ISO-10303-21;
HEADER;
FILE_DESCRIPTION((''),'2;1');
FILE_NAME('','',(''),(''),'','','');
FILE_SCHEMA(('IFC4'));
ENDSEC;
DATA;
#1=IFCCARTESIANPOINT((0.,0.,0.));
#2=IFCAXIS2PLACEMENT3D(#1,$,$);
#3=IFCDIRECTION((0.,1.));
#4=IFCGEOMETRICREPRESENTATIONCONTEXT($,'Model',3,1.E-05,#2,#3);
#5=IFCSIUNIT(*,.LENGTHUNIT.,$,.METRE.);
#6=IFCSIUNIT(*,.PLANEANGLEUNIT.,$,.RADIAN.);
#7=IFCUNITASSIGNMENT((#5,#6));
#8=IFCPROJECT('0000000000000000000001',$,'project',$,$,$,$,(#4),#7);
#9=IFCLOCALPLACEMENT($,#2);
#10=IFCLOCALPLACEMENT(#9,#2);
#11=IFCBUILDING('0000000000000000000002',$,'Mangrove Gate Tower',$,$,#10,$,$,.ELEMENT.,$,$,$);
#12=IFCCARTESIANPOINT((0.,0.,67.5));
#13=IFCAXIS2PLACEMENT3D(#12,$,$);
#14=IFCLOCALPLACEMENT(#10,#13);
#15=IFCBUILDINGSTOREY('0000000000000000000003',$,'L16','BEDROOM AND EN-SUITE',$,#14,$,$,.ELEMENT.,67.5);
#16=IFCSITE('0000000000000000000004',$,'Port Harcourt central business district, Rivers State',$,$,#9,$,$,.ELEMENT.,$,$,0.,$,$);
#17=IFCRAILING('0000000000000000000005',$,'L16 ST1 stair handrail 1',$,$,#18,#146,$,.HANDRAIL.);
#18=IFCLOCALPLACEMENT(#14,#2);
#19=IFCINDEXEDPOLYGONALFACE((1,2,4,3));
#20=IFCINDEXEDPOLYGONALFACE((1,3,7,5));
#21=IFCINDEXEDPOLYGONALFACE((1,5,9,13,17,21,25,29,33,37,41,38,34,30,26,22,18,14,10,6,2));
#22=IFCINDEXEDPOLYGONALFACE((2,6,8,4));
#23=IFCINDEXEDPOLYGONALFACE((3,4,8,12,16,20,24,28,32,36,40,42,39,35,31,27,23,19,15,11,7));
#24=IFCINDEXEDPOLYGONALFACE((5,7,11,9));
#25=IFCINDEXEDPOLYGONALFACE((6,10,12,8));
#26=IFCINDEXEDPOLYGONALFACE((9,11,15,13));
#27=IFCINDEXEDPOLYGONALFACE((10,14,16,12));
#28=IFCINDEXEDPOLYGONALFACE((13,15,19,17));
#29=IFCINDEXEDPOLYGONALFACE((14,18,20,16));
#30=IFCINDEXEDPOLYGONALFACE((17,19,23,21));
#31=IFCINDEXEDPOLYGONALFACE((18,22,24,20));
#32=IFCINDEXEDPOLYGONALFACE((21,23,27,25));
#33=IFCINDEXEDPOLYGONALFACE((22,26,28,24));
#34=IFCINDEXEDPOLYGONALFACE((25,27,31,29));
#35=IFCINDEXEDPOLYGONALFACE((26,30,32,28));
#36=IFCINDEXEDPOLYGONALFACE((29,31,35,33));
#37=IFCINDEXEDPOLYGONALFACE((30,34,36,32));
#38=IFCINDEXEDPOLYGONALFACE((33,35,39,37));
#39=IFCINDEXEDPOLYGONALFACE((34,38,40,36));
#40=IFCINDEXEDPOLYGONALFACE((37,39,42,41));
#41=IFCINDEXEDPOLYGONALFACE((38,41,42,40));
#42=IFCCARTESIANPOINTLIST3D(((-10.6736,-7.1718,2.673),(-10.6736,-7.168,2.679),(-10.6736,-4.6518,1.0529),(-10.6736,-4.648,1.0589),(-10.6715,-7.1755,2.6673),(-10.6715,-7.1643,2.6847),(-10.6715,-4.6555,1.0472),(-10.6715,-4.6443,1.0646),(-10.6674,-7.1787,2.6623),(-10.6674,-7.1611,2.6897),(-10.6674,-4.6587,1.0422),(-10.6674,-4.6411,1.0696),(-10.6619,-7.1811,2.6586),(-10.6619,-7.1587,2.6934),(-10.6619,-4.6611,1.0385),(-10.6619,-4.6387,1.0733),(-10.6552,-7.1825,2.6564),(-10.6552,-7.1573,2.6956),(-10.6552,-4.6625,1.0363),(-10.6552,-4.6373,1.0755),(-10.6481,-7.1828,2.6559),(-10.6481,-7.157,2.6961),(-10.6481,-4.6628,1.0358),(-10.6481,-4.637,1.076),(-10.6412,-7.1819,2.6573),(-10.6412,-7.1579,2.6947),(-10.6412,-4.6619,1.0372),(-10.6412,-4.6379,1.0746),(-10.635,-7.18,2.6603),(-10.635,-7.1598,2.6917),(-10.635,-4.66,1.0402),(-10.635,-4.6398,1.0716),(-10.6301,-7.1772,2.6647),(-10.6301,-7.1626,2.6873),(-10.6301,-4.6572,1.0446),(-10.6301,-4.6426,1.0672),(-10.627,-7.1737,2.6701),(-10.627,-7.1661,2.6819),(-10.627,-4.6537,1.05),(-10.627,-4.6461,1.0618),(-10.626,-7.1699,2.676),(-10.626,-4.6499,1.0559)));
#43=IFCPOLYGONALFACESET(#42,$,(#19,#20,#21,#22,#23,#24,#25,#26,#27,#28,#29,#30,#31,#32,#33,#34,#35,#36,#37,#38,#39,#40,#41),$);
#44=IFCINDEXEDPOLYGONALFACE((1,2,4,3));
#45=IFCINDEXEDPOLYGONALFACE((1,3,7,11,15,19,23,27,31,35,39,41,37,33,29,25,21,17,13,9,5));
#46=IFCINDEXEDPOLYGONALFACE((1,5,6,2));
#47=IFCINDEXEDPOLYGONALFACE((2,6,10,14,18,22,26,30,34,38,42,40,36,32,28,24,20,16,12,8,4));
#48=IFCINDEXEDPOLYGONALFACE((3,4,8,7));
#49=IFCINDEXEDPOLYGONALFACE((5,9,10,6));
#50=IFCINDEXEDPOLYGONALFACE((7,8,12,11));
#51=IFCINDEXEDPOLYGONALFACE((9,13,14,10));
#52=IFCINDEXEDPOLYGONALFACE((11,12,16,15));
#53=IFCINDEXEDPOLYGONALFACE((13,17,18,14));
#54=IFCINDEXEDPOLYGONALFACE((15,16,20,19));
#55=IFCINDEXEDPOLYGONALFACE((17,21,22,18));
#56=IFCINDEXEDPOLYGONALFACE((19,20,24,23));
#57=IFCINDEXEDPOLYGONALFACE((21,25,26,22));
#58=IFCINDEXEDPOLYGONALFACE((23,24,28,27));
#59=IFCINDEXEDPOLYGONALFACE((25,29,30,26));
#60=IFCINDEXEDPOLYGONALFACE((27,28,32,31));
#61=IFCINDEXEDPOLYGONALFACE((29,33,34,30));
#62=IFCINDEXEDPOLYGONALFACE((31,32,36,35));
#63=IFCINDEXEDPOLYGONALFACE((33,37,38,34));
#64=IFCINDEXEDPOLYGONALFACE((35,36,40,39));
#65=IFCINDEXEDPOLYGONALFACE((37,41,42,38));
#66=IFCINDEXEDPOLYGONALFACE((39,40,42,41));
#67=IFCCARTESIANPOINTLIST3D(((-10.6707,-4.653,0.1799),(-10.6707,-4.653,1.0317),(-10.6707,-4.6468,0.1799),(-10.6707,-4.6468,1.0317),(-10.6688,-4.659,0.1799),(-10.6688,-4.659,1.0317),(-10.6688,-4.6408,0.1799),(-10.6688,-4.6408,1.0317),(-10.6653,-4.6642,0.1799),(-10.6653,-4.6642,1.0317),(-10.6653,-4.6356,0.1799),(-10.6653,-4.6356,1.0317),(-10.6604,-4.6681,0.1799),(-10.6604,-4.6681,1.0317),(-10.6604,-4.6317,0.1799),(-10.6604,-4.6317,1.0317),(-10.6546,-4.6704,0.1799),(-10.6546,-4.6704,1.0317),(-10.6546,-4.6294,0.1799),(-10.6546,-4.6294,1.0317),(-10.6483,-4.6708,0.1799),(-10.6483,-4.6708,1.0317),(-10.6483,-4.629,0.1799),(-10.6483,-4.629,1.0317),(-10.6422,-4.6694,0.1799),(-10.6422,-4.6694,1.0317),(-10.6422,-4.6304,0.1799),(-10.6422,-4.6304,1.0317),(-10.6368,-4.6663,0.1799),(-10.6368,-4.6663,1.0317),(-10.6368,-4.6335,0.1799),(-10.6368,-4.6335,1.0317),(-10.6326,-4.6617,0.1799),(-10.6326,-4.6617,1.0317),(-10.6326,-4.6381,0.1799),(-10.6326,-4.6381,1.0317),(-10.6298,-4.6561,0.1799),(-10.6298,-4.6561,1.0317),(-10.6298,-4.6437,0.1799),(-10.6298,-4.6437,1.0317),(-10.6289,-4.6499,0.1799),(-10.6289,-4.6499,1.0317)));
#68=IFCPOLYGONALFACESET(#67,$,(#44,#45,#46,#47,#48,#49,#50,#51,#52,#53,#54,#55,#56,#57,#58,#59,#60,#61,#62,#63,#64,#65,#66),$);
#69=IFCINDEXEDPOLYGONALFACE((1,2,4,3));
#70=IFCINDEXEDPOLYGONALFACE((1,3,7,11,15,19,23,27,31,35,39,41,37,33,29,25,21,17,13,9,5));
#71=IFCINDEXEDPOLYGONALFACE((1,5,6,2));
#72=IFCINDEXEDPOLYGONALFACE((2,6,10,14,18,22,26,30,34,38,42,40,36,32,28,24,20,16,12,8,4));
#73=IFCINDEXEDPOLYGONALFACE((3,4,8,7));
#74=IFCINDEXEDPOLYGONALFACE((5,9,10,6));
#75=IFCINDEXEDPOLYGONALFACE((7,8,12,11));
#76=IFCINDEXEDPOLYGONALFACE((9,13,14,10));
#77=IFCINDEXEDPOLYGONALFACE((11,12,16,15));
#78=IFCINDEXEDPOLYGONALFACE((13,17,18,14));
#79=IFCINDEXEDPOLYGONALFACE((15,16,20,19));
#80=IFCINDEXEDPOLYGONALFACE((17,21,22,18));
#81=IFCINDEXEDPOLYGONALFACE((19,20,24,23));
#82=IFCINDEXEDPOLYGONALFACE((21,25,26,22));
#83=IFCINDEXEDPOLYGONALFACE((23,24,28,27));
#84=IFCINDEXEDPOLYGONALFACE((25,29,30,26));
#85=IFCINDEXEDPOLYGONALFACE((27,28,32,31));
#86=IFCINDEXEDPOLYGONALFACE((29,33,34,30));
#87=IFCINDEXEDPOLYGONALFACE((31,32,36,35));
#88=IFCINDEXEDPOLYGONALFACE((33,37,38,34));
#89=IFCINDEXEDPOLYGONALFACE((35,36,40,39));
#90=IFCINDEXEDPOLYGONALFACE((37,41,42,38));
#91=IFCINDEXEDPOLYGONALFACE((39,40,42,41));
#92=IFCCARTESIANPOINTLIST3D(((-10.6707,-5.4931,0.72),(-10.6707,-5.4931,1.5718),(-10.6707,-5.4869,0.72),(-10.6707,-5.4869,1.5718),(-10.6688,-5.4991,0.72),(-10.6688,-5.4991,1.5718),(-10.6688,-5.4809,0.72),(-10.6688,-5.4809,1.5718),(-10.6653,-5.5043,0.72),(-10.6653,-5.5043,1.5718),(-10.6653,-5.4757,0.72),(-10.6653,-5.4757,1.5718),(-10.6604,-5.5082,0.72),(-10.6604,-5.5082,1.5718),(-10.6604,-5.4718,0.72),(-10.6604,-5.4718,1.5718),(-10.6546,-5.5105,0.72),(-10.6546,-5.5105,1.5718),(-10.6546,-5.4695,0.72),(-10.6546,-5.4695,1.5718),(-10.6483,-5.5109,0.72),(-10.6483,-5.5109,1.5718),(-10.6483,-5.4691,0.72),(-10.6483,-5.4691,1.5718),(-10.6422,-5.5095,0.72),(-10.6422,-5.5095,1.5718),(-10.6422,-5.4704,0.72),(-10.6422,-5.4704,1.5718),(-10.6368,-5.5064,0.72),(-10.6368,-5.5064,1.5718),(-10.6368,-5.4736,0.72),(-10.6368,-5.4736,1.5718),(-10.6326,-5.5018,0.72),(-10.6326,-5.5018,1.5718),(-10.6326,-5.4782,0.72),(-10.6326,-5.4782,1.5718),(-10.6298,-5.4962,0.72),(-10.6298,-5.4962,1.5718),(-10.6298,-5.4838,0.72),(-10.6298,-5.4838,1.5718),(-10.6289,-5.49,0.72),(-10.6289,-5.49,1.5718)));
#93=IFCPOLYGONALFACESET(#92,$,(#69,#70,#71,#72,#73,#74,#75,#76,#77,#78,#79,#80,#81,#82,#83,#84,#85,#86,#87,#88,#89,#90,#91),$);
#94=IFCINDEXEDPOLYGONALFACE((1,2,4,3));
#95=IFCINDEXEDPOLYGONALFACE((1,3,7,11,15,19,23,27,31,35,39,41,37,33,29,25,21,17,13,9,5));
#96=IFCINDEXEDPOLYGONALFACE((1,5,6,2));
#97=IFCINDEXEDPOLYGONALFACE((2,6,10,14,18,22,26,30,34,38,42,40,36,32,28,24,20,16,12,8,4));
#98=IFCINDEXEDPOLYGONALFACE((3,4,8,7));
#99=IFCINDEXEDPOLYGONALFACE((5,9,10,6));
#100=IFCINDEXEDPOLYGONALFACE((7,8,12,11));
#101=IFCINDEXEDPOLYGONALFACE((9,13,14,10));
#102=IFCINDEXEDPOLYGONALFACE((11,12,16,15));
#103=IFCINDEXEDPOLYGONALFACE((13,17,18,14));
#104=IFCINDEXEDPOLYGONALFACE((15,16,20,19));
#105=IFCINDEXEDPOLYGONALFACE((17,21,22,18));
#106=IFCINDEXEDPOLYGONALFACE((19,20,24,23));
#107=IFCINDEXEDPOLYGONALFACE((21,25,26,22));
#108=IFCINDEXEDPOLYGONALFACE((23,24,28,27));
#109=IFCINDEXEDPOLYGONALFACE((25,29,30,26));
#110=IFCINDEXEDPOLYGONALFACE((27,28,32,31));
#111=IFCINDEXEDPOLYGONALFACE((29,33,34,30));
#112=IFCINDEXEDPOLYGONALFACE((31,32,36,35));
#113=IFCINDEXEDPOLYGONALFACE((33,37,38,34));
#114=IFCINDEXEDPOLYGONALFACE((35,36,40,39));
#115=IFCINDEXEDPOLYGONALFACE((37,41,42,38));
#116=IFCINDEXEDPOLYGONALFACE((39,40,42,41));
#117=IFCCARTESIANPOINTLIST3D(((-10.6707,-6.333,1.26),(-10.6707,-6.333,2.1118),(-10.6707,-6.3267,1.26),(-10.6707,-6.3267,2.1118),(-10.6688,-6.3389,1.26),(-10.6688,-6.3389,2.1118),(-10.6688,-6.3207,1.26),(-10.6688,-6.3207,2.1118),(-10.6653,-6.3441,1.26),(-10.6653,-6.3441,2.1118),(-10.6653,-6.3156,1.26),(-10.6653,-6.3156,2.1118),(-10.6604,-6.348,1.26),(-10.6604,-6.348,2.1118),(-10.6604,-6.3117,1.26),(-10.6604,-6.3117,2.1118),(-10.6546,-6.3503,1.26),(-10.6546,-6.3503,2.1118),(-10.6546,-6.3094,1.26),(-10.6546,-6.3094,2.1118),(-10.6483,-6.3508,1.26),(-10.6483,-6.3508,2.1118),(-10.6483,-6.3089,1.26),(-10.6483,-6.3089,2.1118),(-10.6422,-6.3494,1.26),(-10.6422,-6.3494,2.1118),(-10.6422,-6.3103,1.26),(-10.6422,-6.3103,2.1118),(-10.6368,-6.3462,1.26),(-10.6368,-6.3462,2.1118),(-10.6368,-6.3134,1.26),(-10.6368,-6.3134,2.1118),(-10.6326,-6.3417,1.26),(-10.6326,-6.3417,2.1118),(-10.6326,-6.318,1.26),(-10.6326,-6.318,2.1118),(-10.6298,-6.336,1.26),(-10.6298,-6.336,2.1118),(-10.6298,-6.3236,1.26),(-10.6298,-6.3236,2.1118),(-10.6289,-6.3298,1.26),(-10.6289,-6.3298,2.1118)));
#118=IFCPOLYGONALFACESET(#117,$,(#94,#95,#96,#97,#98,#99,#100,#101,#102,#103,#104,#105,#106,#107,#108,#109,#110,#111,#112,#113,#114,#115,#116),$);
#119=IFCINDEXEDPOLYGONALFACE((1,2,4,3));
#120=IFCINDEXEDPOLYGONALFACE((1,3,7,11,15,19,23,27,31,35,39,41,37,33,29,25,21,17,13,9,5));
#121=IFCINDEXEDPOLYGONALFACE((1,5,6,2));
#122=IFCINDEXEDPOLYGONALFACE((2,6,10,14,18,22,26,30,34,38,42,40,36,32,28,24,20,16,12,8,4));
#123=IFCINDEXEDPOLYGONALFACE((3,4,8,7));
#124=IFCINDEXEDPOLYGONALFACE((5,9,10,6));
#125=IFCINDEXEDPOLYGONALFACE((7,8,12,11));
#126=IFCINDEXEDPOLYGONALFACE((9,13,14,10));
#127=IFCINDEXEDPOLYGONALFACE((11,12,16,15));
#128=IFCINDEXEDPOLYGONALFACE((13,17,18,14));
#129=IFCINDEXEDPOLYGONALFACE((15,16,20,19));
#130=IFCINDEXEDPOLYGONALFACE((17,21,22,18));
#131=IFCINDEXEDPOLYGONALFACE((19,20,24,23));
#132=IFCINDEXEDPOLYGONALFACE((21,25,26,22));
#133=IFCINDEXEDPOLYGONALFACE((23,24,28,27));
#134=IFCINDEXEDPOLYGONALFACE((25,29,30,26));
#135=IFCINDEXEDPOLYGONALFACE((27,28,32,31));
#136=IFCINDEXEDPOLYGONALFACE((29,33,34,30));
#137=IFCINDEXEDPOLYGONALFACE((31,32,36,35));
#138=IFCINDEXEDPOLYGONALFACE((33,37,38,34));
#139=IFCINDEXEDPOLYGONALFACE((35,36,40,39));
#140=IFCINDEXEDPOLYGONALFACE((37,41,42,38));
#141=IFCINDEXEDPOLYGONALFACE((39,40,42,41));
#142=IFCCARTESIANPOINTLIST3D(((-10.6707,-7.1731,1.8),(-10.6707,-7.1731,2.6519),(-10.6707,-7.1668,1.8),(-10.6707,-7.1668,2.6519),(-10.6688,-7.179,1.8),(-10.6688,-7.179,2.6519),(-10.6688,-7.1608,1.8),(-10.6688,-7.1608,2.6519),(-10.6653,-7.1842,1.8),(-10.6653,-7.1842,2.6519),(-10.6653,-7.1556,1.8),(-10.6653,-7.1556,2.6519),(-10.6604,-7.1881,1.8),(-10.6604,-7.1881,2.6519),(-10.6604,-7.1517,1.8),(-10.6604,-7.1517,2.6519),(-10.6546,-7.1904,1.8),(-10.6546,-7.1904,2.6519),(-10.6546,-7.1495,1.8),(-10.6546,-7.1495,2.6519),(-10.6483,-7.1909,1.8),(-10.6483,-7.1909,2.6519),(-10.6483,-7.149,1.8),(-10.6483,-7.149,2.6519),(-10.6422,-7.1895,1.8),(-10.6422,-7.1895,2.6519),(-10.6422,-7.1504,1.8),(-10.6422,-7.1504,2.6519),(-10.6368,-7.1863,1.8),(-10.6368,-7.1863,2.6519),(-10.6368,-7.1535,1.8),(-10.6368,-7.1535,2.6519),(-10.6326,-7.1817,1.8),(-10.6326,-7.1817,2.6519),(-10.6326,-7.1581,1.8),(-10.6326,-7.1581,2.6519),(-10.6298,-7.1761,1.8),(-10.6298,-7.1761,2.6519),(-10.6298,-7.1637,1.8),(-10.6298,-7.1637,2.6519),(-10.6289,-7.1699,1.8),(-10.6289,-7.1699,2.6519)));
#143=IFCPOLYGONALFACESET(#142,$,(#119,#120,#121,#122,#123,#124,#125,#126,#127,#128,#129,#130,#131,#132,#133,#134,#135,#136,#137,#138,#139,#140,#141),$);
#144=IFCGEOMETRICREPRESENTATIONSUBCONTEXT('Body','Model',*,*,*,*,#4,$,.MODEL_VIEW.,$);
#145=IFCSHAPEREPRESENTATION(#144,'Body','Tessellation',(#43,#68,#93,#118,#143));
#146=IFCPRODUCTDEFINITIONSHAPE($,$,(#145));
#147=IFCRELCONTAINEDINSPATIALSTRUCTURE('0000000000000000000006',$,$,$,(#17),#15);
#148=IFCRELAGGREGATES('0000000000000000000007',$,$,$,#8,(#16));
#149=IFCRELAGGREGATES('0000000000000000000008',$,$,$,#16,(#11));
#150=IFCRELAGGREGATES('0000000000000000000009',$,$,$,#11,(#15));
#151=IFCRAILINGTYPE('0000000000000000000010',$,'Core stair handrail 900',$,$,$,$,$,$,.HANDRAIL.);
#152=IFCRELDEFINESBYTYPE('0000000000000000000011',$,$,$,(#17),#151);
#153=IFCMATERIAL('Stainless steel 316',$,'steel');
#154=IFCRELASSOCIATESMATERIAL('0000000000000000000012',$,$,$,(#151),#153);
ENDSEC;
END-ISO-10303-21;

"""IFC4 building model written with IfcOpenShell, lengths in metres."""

from ifc_helpers import new_model, si_unit, direction, frame, origin, origin_2d, place, context, subcontext, project, spatial, circle, extrude, material, type_object, element, save


model = new_model("IFC4")

# Units and contexts
model_context = context("Model", 3, precision=1e-05, world=origin(), true_north=direction((0.0, 1.0)))
body_context = subcontext(model_context, "Body", "Model", "MODEL_VIEW")
ifc_project = project(units=[si_unit("LENGTHUNIT", "METRE"), si_unit("PLANEANGLEUNIT", "RADIAN")], contexts=[model_context])

# Site, building, storey
site_placement = place(None, origin())
site = spatial("IfcSite", under=ifc_project, at=site_placement, Name="Port Harcourt central business district, Rivers State", CompositionType="ELEMENT", RefElevation=0.0)
building_placement = place(site_placement, origin())
building = spatial("IfcBuilding", under=site, at=building_placement, Name="Mangrove Gate Tower", CompositionType="ELEMENT")
storey_placement = place(building_placement, frame((0.0, 0.0, 67.5)))
storey = spatial("IfcBuildingStorey", under=building, at=storey_placement, Name="L16", Description="BEDROOM AND EN-SUITE", CompositionType="ELEMENT", Elevation=67.5)

# Railing
ifc_material_1 = material(Name="Stainless steel 316", Category="steel")
railing_type_1 = type_object("IfcRailingType", Name="Core stair handrail 900", PredefinedType="HANDRAIL", material=ifc_material_1)
railing_1_placement = place(storey_placement, frame((-10.6499, -4.6499, 0.1799)))
element("IfcRailing", 1, at=railing_1_placement, inside=storey, type_object=railing_type_1, Name="L16 ST1 stair handrail 1", PredefinedType="HANDRAIL", context=body_context, shape_type="SweptSolid", body=[
    extrude(circle(Radius=0.0239, at=origin_2d()), frame((0.0, 0.0, 0.876), z_axis=(0.0, -0.841163, 0.540782), x_axis=(1.0, 0.0, 0.0)), (0.0, 0.0, 1.0), 2.9958),
    extrude(circle(Radius=0.021, at=origin_2d()), origin(), (0.0, 0.0, 1.0), 0.8518),
    extrude(circle(Radius=0.021, at=origin_2d()), frame((0.0, -0.8401, 0.54)), (0.0, 0.0, 1.0), 0.8518),
    extrude(circle(Radius=0.021, at=origin_2d()), frame((0.0, -1.6799, 1.0801)), (0.0, 0.0, 1.0), 0.8518),
    extrude(circle(Radius=0.021, at=origin_2d()), frame((0.0, -2.52, 1.6201)), (0.0, 0.0, 1.0), 0.8518),
])

save(model, "model.ifc")
